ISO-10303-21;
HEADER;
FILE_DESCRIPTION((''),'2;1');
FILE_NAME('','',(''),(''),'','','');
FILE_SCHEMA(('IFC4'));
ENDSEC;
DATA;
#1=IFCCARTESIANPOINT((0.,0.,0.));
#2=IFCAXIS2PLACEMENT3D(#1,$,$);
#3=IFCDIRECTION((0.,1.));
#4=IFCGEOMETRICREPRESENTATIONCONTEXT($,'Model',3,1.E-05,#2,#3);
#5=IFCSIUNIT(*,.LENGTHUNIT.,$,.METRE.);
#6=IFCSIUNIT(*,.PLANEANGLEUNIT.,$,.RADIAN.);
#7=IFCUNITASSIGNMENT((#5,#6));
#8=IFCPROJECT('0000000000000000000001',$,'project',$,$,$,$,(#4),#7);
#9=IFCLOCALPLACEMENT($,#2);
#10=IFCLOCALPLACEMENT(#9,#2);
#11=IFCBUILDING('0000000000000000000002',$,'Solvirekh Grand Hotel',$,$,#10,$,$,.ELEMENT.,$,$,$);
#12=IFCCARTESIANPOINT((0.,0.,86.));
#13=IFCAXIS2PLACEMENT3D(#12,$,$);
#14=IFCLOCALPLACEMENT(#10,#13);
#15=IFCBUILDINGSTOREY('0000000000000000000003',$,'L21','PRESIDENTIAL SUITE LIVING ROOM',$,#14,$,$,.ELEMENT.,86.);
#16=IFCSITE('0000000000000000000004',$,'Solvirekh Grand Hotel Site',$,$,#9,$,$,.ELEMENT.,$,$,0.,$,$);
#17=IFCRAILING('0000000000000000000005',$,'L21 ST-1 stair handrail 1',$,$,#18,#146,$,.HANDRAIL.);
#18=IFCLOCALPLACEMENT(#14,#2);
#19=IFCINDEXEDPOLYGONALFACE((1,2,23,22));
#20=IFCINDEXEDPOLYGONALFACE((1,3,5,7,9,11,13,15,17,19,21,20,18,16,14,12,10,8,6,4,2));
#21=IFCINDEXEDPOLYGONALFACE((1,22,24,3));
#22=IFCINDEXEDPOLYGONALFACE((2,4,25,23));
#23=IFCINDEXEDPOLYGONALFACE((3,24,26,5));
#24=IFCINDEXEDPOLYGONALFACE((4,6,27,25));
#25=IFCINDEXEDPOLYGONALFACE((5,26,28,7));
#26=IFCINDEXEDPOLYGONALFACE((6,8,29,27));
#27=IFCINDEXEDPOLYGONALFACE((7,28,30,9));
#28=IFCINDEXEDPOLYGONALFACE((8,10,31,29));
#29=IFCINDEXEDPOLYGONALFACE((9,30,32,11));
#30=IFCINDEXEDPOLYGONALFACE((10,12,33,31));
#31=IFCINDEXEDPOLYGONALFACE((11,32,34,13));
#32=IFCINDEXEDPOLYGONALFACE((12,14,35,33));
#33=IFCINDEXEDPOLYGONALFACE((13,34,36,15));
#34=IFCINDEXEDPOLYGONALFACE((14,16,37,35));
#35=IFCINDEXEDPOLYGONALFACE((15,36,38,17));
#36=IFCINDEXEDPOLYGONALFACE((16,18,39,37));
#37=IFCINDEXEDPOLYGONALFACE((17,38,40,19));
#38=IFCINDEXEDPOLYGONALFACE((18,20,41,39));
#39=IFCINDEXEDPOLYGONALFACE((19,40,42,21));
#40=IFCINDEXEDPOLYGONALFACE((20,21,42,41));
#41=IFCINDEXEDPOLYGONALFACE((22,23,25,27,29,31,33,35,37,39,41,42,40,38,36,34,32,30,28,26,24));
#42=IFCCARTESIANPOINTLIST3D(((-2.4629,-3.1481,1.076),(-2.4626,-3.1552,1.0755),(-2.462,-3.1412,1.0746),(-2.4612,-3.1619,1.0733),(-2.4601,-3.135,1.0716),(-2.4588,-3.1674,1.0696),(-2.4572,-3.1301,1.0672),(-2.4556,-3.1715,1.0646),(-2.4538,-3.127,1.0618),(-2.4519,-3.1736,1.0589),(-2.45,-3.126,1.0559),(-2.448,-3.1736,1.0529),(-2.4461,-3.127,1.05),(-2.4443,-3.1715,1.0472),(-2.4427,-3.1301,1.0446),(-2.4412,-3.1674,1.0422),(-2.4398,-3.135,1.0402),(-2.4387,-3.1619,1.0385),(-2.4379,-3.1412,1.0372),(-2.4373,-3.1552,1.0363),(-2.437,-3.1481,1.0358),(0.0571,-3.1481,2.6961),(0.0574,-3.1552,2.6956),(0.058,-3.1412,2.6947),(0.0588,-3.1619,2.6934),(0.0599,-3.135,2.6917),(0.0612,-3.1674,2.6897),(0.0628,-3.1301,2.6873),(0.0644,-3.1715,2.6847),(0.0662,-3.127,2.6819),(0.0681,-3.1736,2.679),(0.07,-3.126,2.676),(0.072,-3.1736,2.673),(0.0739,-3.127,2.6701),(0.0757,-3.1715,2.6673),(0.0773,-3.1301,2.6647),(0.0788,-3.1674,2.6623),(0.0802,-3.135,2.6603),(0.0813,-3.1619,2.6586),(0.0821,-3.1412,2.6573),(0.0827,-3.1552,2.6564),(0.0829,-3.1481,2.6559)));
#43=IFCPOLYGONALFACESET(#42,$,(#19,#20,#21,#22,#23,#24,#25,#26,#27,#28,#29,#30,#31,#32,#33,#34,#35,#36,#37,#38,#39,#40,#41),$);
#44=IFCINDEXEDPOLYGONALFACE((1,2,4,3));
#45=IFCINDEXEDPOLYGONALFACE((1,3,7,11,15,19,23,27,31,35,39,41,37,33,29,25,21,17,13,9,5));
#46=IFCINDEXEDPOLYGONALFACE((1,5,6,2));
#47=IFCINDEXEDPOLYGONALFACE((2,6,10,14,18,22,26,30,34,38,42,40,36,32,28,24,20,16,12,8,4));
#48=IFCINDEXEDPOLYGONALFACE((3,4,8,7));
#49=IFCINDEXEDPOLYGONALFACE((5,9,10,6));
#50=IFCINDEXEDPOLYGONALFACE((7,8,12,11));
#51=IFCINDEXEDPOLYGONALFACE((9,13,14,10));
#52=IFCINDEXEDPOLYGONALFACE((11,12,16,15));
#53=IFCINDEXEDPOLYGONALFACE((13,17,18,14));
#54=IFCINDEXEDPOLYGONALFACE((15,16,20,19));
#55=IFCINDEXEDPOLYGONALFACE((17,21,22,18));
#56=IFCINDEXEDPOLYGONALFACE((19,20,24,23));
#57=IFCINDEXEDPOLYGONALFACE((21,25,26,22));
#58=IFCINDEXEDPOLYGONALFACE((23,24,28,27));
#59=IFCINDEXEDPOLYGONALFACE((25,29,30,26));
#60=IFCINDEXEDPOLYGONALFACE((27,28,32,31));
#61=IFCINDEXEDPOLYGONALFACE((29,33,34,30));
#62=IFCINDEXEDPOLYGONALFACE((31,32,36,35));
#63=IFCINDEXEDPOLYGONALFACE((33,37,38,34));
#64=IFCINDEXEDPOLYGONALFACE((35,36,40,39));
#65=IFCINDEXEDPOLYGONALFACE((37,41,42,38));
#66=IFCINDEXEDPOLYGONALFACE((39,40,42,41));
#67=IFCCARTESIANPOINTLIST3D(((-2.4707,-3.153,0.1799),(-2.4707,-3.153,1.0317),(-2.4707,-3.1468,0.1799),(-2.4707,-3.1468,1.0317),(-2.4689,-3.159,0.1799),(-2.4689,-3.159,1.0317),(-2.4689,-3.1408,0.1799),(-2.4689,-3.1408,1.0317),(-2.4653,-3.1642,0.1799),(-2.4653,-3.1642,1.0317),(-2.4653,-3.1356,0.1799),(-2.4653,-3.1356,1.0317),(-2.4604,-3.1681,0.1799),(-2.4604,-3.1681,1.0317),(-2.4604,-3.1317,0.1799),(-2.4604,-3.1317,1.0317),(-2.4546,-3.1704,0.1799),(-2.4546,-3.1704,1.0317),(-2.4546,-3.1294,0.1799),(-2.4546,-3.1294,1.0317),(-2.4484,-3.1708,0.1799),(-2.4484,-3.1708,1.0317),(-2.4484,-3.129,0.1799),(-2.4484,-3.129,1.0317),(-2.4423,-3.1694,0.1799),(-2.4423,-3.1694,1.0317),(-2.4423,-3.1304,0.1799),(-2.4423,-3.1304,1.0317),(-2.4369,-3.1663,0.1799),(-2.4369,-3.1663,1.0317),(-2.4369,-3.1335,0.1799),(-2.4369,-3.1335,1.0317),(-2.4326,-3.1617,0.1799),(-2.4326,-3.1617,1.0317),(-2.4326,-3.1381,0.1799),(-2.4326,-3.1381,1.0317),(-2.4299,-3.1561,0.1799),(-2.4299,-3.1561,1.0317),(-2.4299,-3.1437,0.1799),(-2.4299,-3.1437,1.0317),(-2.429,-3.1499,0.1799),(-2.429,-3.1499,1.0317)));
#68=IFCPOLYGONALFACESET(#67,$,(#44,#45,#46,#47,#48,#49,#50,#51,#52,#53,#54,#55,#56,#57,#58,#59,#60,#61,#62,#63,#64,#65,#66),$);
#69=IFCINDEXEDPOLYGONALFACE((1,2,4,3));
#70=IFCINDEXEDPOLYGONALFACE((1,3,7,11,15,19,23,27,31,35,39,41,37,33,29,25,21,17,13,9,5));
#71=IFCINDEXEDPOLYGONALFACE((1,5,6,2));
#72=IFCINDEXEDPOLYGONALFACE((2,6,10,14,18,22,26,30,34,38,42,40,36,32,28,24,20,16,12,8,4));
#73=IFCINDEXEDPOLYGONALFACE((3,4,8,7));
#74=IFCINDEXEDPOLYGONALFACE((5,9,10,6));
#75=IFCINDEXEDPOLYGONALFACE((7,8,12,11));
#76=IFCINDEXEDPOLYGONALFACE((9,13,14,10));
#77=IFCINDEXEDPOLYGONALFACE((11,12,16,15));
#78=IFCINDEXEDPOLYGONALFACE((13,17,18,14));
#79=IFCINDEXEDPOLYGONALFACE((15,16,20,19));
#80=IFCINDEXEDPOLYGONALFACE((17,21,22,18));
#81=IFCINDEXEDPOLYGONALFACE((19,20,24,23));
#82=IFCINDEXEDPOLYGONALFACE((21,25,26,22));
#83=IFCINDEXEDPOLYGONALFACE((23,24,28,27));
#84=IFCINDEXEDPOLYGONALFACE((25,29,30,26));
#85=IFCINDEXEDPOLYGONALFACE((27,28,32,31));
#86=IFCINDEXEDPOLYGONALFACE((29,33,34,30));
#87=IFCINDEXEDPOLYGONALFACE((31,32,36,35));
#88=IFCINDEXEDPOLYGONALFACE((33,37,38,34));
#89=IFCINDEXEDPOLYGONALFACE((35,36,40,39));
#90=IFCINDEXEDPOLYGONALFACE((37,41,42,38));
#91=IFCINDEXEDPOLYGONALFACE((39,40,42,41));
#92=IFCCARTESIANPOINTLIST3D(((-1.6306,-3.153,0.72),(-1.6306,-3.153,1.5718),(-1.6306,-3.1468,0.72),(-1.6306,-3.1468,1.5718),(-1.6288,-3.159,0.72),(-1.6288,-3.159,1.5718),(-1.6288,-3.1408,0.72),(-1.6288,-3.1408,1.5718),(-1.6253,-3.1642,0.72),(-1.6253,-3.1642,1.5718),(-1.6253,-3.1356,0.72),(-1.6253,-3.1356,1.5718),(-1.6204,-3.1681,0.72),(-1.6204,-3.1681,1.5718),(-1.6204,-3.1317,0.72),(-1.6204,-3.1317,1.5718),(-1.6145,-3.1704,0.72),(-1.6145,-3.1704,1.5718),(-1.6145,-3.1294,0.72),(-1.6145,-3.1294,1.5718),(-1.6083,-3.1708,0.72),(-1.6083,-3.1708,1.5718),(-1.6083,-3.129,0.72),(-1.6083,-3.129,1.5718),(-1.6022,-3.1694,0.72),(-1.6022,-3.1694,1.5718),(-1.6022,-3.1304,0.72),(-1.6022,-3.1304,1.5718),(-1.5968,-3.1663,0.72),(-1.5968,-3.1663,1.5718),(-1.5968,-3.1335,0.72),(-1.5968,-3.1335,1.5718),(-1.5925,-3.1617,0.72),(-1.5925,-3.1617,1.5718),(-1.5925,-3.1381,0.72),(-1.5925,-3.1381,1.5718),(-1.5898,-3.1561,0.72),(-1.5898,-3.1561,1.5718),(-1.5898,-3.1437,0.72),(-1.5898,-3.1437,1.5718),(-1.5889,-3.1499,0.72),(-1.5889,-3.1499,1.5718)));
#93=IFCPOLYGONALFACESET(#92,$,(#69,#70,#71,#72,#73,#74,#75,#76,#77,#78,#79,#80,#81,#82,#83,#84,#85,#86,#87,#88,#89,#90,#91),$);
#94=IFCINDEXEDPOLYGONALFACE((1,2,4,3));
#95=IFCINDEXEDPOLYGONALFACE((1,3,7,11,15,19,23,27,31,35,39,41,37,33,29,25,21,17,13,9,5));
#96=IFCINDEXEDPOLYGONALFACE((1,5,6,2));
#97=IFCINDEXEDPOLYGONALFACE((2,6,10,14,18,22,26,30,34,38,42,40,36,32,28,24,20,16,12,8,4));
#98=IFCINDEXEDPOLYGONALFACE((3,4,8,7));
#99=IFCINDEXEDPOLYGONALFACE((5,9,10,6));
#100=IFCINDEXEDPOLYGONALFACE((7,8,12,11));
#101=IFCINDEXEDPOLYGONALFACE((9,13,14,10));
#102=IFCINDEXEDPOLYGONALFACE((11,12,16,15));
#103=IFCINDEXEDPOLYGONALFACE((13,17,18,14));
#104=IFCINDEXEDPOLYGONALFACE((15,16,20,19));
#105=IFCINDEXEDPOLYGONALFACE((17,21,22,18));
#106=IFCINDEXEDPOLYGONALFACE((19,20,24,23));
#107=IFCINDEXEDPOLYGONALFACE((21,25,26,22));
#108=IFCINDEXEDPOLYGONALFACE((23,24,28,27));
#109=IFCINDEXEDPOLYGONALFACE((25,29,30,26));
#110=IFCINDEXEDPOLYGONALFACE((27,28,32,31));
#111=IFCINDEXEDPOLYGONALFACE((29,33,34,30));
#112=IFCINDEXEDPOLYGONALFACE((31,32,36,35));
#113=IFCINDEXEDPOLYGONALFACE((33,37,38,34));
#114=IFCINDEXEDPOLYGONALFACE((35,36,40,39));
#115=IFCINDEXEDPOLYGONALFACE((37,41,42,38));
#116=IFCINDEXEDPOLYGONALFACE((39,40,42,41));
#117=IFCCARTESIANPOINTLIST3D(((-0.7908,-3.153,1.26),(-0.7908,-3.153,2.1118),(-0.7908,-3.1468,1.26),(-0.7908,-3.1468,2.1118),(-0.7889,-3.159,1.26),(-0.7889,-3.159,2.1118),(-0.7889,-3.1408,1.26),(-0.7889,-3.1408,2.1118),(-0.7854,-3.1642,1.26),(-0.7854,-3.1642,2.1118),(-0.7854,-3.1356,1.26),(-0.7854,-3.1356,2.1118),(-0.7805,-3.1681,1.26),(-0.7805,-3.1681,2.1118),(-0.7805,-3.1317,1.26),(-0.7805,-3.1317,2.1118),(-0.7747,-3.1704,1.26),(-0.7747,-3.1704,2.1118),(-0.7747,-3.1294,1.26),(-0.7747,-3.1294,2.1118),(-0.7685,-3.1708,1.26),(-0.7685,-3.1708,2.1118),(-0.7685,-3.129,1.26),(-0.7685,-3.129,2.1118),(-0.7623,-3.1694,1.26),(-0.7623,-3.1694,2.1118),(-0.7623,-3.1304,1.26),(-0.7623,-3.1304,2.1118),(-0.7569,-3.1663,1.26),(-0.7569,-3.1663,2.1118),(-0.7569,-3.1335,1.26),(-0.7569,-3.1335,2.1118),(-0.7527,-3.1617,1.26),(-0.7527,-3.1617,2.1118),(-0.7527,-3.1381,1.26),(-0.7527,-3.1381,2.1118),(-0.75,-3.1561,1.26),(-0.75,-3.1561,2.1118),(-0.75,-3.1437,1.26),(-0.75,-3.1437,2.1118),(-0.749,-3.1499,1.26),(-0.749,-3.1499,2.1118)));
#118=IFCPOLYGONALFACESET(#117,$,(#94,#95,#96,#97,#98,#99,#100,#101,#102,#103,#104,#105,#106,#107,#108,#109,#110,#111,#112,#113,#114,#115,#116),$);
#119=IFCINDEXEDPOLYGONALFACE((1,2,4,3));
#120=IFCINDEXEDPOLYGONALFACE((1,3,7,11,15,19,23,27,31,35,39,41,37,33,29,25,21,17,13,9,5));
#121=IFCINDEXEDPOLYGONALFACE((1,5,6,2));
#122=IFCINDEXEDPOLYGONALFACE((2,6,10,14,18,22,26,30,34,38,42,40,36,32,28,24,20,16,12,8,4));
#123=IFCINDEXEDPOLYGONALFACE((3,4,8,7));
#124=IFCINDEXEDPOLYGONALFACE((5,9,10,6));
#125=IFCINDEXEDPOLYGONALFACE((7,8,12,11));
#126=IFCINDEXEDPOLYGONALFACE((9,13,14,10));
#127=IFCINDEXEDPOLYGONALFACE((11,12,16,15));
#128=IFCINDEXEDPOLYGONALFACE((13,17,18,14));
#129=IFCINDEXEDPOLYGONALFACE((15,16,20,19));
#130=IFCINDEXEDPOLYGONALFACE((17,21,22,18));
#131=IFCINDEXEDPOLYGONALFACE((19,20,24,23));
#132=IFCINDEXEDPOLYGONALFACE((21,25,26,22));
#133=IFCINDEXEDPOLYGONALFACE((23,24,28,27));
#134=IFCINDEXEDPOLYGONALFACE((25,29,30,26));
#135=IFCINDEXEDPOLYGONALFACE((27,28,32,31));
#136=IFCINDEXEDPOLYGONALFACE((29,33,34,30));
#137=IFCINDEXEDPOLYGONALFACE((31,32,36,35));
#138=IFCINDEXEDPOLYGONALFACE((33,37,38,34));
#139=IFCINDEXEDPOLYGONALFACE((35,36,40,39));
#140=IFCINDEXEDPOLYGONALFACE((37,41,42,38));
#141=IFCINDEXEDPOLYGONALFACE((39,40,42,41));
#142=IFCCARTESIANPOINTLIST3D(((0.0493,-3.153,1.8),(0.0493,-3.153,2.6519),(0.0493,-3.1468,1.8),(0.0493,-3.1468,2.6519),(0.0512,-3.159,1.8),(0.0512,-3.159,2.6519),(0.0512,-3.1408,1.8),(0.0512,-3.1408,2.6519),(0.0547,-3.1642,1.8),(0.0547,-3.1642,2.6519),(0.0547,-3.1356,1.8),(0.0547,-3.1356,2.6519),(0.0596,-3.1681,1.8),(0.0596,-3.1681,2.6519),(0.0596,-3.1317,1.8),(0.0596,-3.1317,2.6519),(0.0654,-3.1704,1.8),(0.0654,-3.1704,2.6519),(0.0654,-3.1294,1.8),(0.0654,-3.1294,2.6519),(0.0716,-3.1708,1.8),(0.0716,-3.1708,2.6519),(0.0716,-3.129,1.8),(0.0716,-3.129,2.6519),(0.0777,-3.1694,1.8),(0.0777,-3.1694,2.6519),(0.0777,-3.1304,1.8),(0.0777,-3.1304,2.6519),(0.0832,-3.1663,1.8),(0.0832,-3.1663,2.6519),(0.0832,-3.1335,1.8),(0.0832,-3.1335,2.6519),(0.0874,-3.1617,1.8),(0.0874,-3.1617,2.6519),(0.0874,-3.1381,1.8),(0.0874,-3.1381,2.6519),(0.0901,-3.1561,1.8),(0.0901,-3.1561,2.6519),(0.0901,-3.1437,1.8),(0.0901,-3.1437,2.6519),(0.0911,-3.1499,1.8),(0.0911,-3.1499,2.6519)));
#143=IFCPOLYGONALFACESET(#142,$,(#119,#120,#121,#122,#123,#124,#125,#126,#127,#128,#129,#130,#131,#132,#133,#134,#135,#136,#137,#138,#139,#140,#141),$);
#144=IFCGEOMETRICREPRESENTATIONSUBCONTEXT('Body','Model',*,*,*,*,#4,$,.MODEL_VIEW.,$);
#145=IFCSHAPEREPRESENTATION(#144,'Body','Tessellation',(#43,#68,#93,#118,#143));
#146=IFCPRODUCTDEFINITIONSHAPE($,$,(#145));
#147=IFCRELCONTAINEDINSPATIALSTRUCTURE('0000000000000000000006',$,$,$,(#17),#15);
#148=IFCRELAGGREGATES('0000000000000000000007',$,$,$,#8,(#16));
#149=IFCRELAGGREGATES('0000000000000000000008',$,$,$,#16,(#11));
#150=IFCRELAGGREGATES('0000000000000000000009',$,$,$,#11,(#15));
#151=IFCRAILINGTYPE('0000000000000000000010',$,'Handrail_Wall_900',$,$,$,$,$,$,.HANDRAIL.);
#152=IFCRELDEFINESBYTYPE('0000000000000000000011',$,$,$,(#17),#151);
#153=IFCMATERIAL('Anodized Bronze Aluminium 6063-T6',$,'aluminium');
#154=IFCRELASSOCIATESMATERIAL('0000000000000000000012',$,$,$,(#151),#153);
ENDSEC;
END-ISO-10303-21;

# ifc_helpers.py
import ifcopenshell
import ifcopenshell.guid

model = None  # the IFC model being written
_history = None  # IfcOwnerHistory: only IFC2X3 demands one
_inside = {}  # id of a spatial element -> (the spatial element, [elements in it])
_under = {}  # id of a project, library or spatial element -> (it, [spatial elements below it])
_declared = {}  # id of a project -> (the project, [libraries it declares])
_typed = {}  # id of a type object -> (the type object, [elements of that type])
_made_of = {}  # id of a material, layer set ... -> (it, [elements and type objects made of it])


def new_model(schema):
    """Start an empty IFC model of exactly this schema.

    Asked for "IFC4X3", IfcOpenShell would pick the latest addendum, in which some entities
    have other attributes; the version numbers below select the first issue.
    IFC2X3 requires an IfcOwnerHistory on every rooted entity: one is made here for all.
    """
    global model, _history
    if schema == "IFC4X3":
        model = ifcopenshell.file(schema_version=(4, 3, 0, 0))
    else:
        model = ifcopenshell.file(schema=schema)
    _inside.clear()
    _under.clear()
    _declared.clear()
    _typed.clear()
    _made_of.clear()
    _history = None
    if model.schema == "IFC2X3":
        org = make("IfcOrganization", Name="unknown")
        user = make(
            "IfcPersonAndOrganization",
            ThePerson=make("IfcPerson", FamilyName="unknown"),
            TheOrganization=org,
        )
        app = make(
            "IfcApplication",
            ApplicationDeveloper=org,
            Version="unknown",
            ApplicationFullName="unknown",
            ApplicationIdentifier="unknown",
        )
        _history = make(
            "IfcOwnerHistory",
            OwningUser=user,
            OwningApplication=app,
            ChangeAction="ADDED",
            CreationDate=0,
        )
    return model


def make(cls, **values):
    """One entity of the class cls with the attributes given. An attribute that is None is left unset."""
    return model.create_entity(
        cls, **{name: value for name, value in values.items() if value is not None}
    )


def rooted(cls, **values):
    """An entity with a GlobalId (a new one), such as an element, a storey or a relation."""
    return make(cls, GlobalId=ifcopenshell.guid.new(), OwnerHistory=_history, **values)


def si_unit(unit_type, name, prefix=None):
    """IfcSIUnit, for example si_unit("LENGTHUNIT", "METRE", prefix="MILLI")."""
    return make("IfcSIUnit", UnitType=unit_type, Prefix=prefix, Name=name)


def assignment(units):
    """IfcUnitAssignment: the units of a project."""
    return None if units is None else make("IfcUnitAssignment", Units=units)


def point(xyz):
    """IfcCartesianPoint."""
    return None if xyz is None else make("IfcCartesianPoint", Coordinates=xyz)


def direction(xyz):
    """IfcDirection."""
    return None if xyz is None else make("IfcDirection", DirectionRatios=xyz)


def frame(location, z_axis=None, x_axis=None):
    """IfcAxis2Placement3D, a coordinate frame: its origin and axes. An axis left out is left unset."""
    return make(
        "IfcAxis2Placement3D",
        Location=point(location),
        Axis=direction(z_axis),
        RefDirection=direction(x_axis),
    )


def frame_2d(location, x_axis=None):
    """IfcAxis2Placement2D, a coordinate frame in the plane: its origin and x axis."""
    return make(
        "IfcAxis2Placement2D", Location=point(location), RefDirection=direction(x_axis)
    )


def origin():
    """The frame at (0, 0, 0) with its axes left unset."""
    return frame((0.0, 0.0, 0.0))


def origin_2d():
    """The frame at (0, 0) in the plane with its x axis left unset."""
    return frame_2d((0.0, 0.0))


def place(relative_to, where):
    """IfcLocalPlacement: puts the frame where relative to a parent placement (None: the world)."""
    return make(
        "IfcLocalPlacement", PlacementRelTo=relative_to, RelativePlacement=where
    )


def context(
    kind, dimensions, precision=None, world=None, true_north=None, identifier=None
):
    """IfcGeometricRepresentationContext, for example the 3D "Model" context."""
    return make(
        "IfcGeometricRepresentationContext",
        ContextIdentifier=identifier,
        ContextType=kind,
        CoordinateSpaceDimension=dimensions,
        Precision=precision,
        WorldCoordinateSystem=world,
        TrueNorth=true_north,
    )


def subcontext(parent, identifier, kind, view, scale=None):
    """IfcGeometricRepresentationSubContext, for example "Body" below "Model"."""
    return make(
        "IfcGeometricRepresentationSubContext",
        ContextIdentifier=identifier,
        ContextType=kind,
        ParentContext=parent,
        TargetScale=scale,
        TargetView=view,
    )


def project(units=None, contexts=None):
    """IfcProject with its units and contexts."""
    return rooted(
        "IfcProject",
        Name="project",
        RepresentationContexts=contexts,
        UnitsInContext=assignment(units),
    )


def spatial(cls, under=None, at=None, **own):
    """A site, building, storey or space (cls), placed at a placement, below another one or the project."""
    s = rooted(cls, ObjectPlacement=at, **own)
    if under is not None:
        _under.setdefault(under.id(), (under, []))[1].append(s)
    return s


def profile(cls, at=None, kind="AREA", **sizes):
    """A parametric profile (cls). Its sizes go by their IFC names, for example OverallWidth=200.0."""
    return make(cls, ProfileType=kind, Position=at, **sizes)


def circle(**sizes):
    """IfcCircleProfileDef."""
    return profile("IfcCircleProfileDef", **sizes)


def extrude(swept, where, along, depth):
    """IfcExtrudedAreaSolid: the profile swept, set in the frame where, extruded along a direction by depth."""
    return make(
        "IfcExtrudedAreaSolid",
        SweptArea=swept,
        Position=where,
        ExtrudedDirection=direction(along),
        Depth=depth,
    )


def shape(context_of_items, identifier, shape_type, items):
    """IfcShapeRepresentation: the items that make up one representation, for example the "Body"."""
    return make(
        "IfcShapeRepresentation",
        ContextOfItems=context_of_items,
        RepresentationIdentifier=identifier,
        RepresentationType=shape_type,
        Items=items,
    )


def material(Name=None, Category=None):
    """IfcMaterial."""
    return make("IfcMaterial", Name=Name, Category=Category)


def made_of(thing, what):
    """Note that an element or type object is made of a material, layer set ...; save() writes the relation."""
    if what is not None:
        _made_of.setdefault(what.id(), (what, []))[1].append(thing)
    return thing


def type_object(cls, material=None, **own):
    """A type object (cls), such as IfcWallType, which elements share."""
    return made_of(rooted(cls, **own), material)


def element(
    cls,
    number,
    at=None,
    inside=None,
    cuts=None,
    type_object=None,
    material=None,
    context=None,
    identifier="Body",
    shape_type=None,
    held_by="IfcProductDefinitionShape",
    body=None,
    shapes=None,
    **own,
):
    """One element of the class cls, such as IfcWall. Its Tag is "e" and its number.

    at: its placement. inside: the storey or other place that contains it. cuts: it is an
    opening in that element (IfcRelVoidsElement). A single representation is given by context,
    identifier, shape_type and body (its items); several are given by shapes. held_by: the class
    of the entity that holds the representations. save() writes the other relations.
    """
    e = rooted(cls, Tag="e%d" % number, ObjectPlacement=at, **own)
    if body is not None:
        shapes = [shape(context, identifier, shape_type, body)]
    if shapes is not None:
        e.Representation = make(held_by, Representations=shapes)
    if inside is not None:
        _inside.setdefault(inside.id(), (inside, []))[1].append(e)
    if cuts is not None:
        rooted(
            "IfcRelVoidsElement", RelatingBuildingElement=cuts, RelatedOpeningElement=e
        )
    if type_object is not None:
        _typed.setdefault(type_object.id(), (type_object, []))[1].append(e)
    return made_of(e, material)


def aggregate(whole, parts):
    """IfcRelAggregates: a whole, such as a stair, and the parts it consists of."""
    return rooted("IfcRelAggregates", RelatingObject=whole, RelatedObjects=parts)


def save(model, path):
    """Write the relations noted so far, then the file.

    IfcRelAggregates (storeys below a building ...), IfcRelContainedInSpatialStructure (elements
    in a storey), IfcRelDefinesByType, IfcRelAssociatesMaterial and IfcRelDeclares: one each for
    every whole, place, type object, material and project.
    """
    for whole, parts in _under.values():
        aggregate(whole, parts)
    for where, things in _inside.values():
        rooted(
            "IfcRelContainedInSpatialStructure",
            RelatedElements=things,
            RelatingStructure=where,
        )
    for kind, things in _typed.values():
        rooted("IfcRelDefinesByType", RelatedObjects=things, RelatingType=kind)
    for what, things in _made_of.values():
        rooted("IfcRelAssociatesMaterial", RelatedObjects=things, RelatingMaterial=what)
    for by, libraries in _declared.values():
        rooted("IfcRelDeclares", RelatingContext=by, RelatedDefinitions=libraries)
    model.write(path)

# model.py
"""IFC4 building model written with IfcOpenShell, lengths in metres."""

from ifc_helpers import new_model, si_unit, direction, frame, origin, origin_2d, place, context, subcontext, project, spatial, circle, extrude, material, type_object, element, save


model = new_model("IFC4")

# Units and contexts
model_context = context("Model", 3, precision=1e-05, world=origin(), true_north=direction((0.0, 1.0)))
body_context = subcontext(model_context, "Body", "Model", "MODEL_VIEW")
ifc_project = project(units=[si_unit("LENGTHUNIT", "METRE"), si_unit("PLANEANGLEUNIT", "RADIAN")], contexts=[model_context])

# Site, building, storey
site_placement = place(None, origin())
site = spatial("IfcSite", under=ifc_project, at=site_placement, Name="Solvirekh Grand Hotel Site", CompositionType="ELEMENT", RefElevation=0.0)
building_placement = place(site_placement, origin())
building = spatial("IfcBuilding", under=site, at=building_placement, Name="Solvirekh Grand Hotel", CompositionType="ELEMENT")
storey_placement = place(building_placement, frame((0.0, 0.0, 86.0)))
storey = spatial("IfcBuildingStorey", under=building, at=storey_placement, Name="L21", Description="PRESIDENTIAL SUITE LIVING ROOM", CompositionType="ELEMENT", Elevation=86.0)

# Shared definitions
ifc_material_1 = material(Name="Anodized Bronze Aluminium 6063-T6", Category="aluminium")

# Railing
railing_type_1 = type_object("IfcRailingType", Name="Handrail_Wall_900", PredefinedType="HANDRAIL", material=ifc_material_1)
railing_1_placement = place(storey_placement, frame((-2.45, -3.1499, 0.1799)))
element("IfcRailing", 1, at=railing_1_placement, inside=storey, type_object=railing_type_1, Name="L21 ST-1 stair handrail 1", PredefinedType="HANDRAIL", context=body_context, shape_type="SweptSolid", body=[
    extrude(circle(Radius=0.0239, at=origin_2d()), frame((0.0, 0.0, 0.876), z_axis=(0.841163, 0.0, 0.540782), x_axis=(0.0, 1.0, 0.0)), (0.0, 0.0, 1.0), 2.9958),
    extrude(circle(Radius=0.021, at=origin_2d()), origin(), (0.0, 0.0, 1.0), 0.8518),
    extrude(circle(Radius=0.021, at=origin_2d()), frame((0.8401, 0.0, 0.54)), (0.0, 0.0, 1.0), 0.8518),
    extrude(circle(Radius=0.021, at=origin_2d()), frame((1.6799, 0.0, 1.0801)), (0.0, 0.0, 1.0), 0.8518),
    extrude(circle(Radius=0.021, at=origin_2d()), frame((2.52, 0.0, 1.6201)), (0.0, 0.0, 1.0), 0.8518),
])

save(model, "model.ifc")
